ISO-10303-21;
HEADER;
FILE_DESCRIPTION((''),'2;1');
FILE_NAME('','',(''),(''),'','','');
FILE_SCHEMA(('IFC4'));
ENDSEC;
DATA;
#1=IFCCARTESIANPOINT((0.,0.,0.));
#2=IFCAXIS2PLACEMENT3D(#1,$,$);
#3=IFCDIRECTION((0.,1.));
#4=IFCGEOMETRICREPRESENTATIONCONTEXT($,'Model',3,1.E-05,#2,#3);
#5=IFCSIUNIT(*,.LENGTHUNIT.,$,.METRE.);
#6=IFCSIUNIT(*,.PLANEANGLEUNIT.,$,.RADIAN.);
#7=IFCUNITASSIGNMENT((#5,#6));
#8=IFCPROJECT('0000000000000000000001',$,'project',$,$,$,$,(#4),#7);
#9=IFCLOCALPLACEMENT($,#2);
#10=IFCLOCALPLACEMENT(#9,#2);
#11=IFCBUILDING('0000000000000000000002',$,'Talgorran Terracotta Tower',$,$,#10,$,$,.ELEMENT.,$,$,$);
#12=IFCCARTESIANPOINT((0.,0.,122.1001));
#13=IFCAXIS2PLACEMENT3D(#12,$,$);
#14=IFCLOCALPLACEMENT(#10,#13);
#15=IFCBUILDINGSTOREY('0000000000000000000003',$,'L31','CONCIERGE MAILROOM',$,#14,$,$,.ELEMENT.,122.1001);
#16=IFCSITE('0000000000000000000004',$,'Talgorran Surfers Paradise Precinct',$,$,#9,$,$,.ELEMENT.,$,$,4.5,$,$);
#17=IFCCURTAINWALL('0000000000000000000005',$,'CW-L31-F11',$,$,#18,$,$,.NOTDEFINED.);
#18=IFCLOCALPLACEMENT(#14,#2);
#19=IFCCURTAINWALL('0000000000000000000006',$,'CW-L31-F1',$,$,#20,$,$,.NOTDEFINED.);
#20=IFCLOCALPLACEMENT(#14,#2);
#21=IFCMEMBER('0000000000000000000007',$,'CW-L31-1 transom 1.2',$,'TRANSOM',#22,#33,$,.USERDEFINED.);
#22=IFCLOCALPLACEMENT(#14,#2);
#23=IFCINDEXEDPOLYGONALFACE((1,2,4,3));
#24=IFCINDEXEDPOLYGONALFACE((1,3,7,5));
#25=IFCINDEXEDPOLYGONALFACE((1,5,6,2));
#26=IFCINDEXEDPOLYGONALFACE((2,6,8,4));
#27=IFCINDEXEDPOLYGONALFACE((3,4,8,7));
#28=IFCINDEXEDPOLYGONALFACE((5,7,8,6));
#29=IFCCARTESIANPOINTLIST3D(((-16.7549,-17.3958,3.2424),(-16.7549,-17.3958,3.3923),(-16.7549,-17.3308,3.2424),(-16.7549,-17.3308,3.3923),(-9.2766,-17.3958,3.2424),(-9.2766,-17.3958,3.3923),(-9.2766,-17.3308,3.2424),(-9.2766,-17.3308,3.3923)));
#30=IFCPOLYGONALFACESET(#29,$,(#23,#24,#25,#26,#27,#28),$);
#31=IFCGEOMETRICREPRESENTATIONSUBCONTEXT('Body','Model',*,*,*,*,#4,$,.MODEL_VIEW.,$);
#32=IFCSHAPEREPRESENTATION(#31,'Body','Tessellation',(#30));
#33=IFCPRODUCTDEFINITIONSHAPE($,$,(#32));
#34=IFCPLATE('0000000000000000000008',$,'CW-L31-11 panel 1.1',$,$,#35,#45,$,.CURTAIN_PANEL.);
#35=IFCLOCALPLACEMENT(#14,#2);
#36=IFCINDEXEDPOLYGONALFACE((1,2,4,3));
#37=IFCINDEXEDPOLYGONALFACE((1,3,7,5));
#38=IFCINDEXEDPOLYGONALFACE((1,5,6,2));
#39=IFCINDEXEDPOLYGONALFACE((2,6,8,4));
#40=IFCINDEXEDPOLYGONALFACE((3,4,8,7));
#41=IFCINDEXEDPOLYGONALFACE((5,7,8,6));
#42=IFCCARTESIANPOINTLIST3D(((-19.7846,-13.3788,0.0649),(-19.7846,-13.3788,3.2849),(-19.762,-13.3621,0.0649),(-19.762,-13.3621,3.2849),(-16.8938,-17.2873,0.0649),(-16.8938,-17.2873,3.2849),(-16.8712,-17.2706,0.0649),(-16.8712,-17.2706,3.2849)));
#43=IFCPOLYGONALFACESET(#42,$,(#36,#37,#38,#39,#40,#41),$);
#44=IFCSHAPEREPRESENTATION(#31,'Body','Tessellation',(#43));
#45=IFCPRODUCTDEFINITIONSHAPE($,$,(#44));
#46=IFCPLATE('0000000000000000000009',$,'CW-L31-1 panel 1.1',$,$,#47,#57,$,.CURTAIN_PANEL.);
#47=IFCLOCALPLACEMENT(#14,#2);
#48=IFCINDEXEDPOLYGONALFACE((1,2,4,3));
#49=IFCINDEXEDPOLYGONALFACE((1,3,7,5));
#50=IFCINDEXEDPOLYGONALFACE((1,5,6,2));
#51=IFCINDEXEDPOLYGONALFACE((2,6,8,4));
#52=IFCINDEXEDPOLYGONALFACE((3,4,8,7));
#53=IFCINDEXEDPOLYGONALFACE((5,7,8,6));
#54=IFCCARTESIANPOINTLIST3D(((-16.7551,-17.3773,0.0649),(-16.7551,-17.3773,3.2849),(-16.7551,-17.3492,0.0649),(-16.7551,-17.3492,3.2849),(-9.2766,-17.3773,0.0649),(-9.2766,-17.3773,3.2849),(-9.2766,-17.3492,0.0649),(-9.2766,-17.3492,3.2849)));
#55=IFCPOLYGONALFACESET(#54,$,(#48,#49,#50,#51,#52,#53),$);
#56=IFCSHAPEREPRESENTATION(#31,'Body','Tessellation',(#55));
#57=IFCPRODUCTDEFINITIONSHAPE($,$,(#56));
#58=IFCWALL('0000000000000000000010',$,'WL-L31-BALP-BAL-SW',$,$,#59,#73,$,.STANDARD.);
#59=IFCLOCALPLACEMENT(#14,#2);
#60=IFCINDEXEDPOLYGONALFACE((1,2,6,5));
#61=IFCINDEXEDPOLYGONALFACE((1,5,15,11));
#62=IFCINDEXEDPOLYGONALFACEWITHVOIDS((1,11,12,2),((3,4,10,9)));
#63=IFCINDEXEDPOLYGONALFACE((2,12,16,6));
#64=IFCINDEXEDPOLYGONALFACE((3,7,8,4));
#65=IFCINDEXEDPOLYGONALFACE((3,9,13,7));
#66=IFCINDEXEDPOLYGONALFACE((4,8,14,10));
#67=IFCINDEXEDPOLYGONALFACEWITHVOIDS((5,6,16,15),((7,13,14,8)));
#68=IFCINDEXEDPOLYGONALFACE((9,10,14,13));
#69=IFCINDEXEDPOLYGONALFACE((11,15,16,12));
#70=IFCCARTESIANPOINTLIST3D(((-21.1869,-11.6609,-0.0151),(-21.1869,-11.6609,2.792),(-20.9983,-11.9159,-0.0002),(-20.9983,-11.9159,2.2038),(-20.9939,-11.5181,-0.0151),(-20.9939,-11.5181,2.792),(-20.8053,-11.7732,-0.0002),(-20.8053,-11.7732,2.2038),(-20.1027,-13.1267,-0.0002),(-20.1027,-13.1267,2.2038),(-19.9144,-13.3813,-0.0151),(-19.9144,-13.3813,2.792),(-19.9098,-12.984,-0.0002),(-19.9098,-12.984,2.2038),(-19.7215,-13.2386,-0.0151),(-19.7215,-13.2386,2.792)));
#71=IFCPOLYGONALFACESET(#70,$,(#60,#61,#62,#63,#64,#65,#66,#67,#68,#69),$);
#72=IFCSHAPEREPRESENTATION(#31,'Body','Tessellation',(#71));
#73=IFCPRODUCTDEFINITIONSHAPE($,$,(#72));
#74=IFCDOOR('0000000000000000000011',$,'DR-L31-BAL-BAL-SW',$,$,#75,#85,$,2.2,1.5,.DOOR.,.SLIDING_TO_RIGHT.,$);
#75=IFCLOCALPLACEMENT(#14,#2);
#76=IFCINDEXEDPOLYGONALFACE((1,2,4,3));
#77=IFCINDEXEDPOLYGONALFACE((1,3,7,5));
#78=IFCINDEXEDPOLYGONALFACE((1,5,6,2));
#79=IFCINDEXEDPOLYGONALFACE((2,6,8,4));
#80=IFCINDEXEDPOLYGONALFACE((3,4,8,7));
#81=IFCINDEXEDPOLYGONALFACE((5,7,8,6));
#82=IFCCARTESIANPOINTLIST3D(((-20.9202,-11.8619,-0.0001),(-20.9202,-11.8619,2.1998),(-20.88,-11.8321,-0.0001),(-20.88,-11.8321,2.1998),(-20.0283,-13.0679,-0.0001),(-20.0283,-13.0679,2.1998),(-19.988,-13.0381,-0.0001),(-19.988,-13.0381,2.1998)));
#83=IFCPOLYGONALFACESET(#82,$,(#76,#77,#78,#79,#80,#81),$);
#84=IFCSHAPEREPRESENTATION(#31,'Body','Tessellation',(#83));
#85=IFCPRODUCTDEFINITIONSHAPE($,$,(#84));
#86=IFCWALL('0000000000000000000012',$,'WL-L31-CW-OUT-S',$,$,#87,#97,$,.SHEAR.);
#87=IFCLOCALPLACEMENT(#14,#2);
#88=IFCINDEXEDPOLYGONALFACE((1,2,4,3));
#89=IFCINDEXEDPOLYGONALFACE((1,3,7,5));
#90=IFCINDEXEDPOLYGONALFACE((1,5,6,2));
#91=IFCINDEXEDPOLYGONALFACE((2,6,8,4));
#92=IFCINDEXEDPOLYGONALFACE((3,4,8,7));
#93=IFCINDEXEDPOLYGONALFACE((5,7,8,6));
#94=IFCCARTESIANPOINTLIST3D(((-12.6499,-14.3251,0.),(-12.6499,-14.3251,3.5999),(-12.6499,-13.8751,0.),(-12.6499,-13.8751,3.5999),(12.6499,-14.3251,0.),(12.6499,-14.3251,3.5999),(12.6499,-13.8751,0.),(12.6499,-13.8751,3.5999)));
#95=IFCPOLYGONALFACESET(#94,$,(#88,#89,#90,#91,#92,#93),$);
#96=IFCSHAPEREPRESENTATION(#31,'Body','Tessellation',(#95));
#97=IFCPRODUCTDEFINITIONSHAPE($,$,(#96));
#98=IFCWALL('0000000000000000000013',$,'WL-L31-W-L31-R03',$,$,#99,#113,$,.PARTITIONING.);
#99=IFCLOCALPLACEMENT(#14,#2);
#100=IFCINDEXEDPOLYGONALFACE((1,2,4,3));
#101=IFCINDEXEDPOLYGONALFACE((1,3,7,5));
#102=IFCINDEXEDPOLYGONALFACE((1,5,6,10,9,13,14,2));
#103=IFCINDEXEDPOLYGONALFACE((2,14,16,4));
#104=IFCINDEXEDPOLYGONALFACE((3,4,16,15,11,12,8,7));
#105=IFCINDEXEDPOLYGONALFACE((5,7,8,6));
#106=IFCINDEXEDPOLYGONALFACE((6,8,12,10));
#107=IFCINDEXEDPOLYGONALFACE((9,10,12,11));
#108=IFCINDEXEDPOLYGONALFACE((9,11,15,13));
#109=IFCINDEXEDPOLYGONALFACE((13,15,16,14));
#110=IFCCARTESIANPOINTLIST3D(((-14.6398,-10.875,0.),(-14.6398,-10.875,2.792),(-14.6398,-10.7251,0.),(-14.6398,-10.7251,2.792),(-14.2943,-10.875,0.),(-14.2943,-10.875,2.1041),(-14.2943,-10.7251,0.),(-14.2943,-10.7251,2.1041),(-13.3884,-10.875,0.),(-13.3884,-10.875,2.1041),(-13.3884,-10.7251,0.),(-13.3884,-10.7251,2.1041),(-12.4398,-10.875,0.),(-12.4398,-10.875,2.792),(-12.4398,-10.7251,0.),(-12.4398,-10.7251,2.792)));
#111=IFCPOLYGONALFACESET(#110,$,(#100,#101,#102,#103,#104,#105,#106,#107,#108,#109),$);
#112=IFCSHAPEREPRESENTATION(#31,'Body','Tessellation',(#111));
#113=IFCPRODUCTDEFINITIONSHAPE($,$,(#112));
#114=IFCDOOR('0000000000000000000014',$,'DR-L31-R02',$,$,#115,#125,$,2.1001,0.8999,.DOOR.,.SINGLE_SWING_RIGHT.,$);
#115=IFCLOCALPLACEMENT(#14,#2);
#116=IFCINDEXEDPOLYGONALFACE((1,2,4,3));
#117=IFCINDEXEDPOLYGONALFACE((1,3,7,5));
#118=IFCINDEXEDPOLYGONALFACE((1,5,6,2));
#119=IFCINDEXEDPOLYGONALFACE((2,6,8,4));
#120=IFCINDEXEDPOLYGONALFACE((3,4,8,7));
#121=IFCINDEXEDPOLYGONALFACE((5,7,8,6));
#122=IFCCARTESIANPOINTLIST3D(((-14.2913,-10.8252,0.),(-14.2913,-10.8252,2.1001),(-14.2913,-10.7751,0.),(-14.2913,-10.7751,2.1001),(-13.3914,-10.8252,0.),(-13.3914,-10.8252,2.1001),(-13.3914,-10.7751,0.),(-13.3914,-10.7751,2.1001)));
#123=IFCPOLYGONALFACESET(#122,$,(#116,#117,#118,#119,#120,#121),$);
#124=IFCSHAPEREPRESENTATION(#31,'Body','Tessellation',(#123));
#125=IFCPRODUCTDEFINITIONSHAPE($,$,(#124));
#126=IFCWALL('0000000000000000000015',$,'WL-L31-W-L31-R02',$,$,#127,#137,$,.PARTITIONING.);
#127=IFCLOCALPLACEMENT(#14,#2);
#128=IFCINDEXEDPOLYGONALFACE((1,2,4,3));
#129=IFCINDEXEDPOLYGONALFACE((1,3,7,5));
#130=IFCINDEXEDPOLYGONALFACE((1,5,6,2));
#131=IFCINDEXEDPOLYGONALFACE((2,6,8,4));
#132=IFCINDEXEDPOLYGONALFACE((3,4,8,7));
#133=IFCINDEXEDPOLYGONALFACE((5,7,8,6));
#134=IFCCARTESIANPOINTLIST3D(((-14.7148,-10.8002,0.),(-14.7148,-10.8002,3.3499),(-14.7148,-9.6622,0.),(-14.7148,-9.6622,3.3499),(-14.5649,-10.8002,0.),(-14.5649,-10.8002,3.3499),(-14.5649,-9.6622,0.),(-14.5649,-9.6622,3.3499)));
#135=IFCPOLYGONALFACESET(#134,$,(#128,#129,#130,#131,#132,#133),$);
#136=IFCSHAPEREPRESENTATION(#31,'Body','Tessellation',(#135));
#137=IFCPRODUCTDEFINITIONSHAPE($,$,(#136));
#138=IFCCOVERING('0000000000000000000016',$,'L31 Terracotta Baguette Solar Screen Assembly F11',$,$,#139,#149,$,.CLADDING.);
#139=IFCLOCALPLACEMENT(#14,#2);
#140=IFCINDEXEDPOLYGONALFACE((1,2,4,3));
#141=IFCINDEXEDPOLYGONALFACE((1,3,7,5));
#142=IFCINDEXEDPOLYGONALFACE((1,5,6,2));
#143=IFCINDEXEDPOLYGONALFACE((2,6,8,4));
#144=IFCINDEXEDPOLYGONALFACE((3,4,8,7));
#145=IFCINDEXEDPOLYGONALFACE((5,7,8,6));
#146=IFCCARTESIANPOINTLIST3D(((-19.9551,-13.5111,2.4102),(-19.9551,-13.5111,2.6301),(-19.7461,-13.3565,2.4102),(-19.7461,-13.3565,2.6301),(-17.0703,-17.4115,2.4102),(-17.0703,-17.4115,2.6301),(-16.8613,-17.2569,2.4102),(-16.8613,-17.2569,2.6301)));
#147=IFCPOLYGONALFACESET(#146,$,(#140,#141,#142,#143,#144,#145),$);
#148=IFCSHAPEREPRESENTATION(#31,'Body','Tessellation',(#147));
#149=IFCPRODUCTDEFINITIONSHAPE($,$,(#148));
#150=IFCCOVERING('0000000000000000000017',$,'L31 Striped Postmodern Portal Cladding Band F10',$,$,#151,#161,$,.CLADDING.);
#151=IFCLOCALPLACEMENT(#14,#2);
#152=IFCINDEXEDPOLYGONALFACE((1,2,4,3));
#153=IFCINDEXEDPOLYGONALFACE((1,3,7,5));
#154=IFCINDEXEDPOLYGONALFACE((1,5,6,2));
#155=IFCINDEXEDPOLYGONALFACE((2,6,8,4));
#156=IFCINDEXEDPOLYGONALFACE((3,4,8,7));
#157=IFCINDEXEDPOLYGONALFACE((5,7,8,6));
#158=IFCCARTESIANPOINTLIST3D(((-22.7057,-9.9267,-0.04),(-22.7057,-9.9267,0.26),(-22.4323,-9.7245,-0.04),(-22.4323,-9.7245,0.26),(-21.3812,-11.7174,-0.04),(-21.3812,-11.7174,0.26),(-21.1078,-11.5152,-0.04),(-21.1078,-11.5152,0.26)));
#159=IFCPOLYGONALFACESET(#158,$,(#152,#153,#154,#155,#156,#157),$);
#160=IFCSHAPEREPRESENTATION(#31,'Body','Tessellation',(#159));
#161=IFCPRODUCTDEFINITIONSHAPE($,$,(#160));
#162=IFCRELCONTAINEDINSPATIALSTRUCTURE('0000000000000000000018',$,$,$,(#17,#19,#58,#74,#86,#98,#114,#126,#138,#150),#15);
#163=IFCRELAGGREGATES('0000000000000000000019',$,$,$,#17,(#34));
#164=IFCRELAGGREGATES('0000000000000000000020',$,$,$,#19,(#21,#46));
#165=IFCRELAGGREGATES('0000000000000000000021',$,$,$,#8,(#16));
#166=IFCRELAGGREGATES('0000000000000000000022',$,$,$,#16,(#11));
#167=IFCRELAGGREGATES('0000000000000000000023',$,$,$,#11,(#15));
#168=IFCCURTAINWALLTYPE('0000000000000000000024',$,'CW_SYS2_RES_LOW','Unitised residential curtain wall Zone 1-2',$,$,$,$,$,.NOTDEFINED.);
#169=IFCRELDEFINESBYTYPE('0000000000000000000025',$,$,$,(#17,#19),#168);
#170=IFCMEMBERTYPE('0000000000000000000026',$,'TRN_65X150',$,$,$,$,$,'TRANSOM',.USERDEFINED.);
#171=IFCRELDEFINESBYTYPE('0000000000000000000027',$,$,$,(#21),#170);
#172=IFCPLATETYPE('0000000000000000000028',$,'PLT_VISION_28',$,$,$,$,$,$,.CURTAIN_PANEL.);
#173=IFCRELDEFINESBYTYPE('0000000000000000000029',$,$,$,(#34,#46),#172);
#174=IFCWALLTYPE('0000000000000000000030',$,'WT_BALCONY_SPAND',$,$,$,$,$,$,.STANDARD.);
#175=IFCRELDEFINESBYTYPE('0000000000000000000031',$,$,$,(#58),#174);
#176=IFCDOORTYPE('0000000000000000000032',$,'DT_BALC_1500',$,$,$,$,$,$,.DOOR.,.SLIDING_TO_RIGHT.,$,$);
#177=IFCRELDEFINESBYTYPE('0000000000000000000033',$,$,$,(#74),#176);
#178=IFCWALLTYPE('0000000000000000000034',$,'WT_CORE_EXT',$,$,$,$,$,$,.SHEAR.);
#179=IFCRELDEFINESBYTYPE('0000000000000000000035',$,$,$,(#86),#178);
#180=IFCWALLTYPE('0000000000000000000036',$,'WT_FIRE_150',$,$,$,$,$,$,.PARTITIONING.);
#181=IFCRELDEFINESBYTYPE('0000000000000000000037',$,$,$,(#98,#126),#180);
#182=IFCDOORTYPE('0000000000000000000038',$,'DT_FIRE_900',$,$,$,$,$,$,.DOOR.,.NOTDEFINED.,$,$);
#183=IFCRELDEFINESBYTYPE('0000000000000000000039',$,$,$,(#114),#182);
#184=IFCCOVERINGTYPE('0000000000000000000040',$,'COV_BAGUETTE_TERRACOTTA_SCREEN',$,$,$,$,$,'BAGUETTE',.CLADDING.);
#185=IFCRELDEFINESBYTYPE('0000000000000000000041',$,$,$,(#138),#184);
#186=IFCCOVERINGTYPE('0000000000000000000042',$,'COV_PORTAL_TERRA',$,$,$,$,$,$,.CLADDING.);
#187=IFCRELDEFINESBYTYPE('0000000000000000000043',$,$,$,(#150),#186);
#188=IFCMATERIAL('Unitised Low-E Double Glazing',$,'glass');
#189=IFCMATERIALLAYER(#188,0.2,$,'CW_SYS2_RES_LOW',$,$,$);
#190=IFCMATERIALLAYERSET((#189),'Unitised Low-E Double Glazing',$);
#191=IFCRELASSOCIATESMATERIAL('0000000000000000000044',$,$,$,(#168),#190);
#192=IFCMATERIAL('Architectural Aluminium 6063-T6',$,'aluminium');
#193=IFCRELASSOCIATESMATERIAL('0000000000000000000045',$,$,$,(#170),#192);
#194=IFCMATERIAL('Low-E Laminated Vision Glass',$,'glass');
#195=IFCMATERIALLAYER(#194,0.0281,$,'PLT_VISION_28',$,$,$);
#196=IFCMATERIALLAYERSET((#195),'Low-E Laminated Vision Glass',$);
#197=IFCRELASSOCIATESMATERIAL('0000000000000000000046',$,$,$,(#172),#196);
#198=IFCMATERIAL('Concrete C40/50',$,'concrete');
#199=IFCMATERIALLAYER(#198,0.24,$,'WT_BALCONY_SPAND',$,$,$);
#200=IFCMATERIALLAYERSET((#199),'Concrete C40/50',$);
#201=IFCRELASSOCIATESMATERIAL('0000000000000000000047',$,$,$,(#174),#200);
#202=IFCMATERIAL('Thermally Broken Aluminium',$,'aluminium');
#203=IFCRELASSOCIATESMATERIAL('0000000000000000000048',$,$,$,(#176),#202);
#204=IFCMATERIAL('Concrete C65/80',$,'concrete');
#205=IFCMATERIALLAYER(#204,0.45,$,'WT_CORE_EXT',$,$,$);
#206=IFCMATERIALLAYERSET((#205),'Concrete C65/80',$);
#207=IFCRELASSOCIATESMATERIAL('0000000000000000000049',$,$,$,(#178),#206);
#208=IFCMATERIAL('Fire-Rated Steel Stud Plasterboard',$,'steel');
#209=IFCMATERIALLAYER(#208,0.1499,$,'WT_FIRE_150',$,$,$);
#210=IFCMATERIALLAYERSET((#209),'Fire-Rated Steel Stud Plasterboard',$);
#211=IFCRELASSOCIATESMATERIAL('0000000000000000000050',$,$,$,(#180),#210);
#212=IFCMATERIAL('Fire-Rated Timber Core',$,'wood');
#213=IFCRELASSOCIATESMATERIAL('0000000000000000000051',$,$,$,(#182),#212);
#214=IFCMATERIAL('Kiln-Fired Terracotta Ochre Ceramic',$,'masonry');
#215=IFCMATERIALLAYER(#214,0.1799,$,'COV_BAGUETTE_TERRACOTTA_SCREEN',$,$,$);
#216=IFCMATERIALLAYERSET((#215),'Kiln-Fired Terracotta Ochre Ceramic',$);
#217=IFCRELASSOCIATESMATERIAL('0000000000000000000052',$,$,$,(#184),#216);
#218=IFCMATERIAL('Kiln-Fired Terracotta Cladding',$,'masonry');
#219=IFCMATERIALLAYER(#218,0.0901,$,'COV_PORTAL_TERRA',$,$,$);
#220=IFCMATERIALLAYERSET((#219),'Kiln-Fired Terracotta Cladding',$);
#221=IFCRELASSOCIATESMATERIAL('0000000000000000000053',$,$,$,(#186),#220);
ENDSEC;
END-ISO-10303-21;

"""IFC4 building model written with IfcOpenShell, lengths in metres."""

from ifc_helpers import new_model, si_unit, direction, frame, frame_2d, origin, origin_2d, place, context, subcontext, project, spatial, rectangle, extrude, source, transform, mapped, material, layer, layer_set, material_profile, profile_set, type_object, type_shapes, element, fill, aggregate, save


model = new_model("IFC4")

# Units and contexts
model_context = context("Model", 3, precision=1e-05, world=origin(), true_north=direction((0.0, 1.0)))
body_context = subcontext(model_context, "Body", "Model", "MODEL_VIEW")
ifc_project = project(units=[si_unit("LENGTHUNIT", "METRE"), si_unit("PLANEANGLEUNIT", "RADIAN")], contexts=[model_context])

# Site, building, storey
site_placement = place(None, origin())
site = spatial("IfcSite", under=ifc_project, at=site_placement, Name="Talgorran Surfers Paradise Precinct", CompositionType="ELEMENT", RefElevation=4.5)
building_placement = place(site_placement, origin())
building = spatial("IfcBuilding", under=site, at=building_placement, Name="Talgorran Terracotta Tower", CompositionType="ELEMENT")
storey_placement = place(building_placement, frame((0.0, 0.0, 122.1001)))
storey = spatial("IfcBuildingStorey", under=building, at=storey_placement, Name="L31", Description="CONCIERGE MAILROOM", CompositionType="ELEMENT", Elevation=122.1001)

# Shared definitions
ifc_material_1 = material(Name="Unitised Low-E Double Glazing", Category="glass")
ifc_layer_1 = layer(ifc_material_1, 0.2, Name="CW_SYS2_RES_LOW")
ifc_layer_set_1 = layer_set([ifc_layer_1], Name="Unitised Low-E Double Glazing")
curtain_wall_type = type_object("IfcCurtainWallType", Name="CW_SYS2_RES_LOW", Description="Unitised residential curtain wall Zone 1-2", PredefinedType="NOTDEFINED", material=ifc_layer_set_1)
ifc_material_2 = material(Name="Architectural Aluminium 6063-T6", Category="aluminium")

# Curtain wall
curtain_wall_1_placement = place(storey_placement, origin())
curtain_wall_1 = element("IfcCurtainWall", 1, at=curtain_wall_1_placement, inside=storey, type_object=curtain_wall_type, Name="CW-L31-F11", PredefinedType="NOTDEFINED")

# Curtain wall
curtain_wall_2_placement = place(storey_placement, origin())
curtain_wall_2 = element("IfcCurtainWall", 2, at=curtain_wall_2_placement, inside=storey, type_object=curtain_wall_type, Name="CW-L31-F1", PredefinedType="NOTDEFINED")

# Member
ifc_material_profile_1 = material_profile(ifc_material_2, rectangle(XDim=0.0649, YDim=0.1499, at=origin_2d()), Name="CWT65X150")
ifc_profile_set_1 = profile_set([ifc_material_profile_1], Name="Architectural Aluminium 6063-T6")
member_type_1 = type_object("IfcMemberType", Name="TRN_65X150", ElementType="TRANSOM", PredefinedType="USERDEFINED", material=ifc_profile_set_1)
member_1_placement = place(storey_placement, frame((-16.7549, -17.3633, 3.3174), z_axis=(1.0, 0.0, 0.0), x_axis=(0.0, 1.0, 0.0)))
member_1 = element("IfcMember", 3, at=member_1_placement, type_object=member_type_1, Name="CW-L31-1 transom 1.2", ObjectType="TRANSOM", PredefinedType="USERDEFINED", context=body_context, shape_type="SweptSolid", body=[
    extrude(rectangle(XDim=0.0649, YDim=0.1499, at=origin_2d()), origin(), (0.0, 0.0, 1.0), 7.4783),
])

# Plates
ifc_material_3 = material(Name="Low-E Laminated Vision Glass", Category="glass")
ifc_layer_2 = layer(ifc_material_3, 0.0281, Name="PLT_VISION_28")
ifc_layer_set_2 = layer_set([ifc_layer_2], Name="Low-E Laminated Vision Glass")
plate_type = type_object("IfcPlateType", Name="PLT_VISION_28", PredefinedType="CURTAIN_PANEL", material=ifc_layer_set_2)
shared_shape_1 = source(origin(), body_context, "Body", "SweptSolid", [
    extrude(rectangle(XDim=4.8613, YDim=0.0281, at=origin_2d()), origin(), (0.0, 0.0, 1.0), 3.22),
])
plate_1_placement = place(storey_placement, frame((-18.3279, -15.3247, 0.0649), z_axis=(0.0, 0.0, 1.0), x_axis=(0.594646, -0.803987, 0.0)))
plate_1 = element("IfcPlate", 4, at=plate_1_placement, type_object=plate_type, Name="CW-L31-11 panel 1.1", PredefinedType="CURTAIN_PANEL", context=body_context, shape_type="MappedRepresentation", body=[
    mapped(shared_shape_1, transform((0.0, 0.0, 0.0), scale=1.0)),
])
aggregate(curtain_wall_1, [plate_1])
shared_shape_2 = source(origin(), body_context, "Body", "SweptSolid", [
    extrude(rectangle(XDim=7.4785, YDim=0.0281, at=origin_2d()), origin(), (0.0, 0.0, 1.0), 3.22),
])
type_shapes(plate_type, [shared_shape_1, shared_shape_2])
plate_2_placement = place(storey_placement, frame((-13.0159, -17.3633, 0.0649), z_axis=(0.0, 0.0, 1.0), x_axis=(1.0, 0.0, 0.0)))
plate_2 = element("IfcPlate", 5, at=plate_2_placement, type_object=plate_type, Name="CW-L31-1 panel 1.1", PredefinedType="CURTAIN_PANEL", context=body_context, shape_type="MappedRepresentation", body=[
    mapped(shared_shape_2, transform((0.0, 0.0, 0.0), scale=1.0)),
])
aggregate(curtain_wall_2, [member_1, plate_2])

# Wall, opening, door
ifc_material_4 = material(Name="Concrete C40/50", Category="concrete")
ifc_layer_3 = layer(ifc_material_4, 0.24, Name="WT_BALCONY_SPAND")
ifc_layer_set_3 = layer_set([ifc_layer_3], Name="Concrete C40/50")
wall_type_1 = type_object("IfcWallType", Name="WT_BALCONY_SPAND", PredefinedType="STANDARD", material=ifc_layer_set_3)
wall_1_placement = place(storey_placement, frame((-21.0903, -11.5896, -0.0151), z_axis=(0.0, 0.0, 1.0), x_axis=(0.594638, -0.803994, 0.0)))
wall_1 = element("IfcWall", 6, at=wall_1_placement, inside=storey, type_object=wall_type_1, Name="WL-L31-BALP-BAL-SW", PredefinedType="STANDARD", context=body_context, shape_type="SweptSolid", body=[
    extrude(rectangle(XDim=2.1399, YDim=0.24, at=frame_2d((1.0698, 0.0))), origin(), (0.0, 0.0, 1.0), 2.8071),
])
opening_1_placement = place(wall_1_placement, frame((0.3201, 0.0, 0.0149)))
opening_1 = element("IfcOpeningElement", 7, at=opening_1_placement, cuts=wall_1, PredefinedType="OPENING", context=body_context, shape_type="SweptSolid", body=[
    extrude(rectangle(XDim=1.506, YDim=2.204, at=frame_2d((0.75, 1.1021))), frame((0.0, 0.1299, 0.0), z_axis=(0.0, -1.0, 0.0), x_axis=(1.0, 0.0, 0.0)), (0.0, 0.0, 1.0), 0.26),
])
ifc_material_5 = material(Name="Thermally Broken Aluminium", Category="aluminium")
door_type_1 = type_object("IfcDoorType", Name="DT_BALC_1500", OperationType="SLIDING_TO_RIGHT", PredefinedType="DOOR", material=ifc_material_5)
door_1_placement = place(opening_1_placement, origin())
door_1 = element("IfcDoor", 8, at=door_1_placement, inside=storey, type_object=door_type_1, Name="DR-L31-BAL-BAL-SW", OperationType="SLIDING_TO_RIGHT", OverallHeight=2.2, OverallWidth=1.5, PredefinedType="DOOR", context=body_context, shape_type="SweptSolid", body=[
    extrude(rectangle(XDim=1.5, YDim=2.2, at=frame_2d((0.75, 1.1001))), frame((0.0, 0.0249, 0.0), z_axis=(0.0, -1.0, 0.0), x_axis=(1.0, 0.0, 0.0)), (0.0, 0.0, 1.0), 0.05),
])
fill(opening_1, door_1)

# Wall
ifc_material_6 = material(Name="Concrete C65/80", Category="concrete")
ifc_layer_4 = layer(ifc_material_6, 0.45, Name="WT_CORE_EXT")
ifc_layer_set_4 = layer_set([ifc_layer_4], Name="Concrete C65/80")
wall_type_2 = type_object("IfcWallType", Name="WT_CORE_EXT", PredefinedType="SHEAR", material=ifc_layer_set_4)
wall_2_placement = place(storey_placement, frame((-12.6499, -14.1001, 0.0), z_axis=(0.0, 0.0, 1.0), x_axis=(1.0, 0.0, 0.0)))
element("IfcWall", 9, at=wall_2_placement, inside=storey, type_object=wall_type_2, Name="WL-L31-CW-OUT-S", PredefinedType="SHEAR", context=body_context, shape_type="SweptSolid", body=[
    extrude(rectangle(XDim=25.2998, YDim=0.45, at=frame_2d((12.6499, 0.0))), origin(), (0.0, 0.0, 1.0), 3.5999),
])

# Wall, opening, door
ifc_material_7 = material(Name="Fire-Rated Steel Stud Plasterboard", Category="steel")
ifc_layer_5 = layer(ifc_material_7, 0.1499, Name="WT_FIRE_150")
ifc_layer_set_5 = layer_set([ifc_layer_5], Name="Fire-Rated Steel Stud Plasterboard")
wall_type_3 = type_object("IfcWallType", Name="WT_FIRE_150", PredefinedType="PARTITIONING", material=ifc_layer_set_5)
wall_3_placement = place(storey_placement, frame((-14.6399, -10.8, 0.0), z_axis=(0.0, 0.0, 1.0), x_axis=(1.0, 0.0, 0.0)))
wall_3 = element("IfcWall", 10, at=wall_3_placement, inside=storey, type_object=wall_type_3, Name="WL-L31-W-L31-R03", PredefinedType="PARTITIONING", context=body_context, shape_type="SweptSolid", body=[
    extrude(rectangle(XDim=2.2, YDim=0.1499, at=frame_2d((1.1001, 0.0))), origin(), (0.0, 0.0, 1.0), 2.792),
])
opening_2_placement = place(wall_3_placement, frame((0.3486, 0.0, 0.0)))
opening_2 = element("IfcOpeningElement", 11, at=opening_2_placement, cuts=wall_3, PredefinedType="OPENING", context=body_context, shape_type="SweptSolid", body=[
    extrude(rectangle(XDim=0.9059, YDim=2.1041, at=frame_2d((0.45, 1.052))), frame((0.0, 0.085, 0.0), z_axis=(0.0, -1.0, 0.0), x_axis=(1.0, 0.0, 0.0)), (0.0, 0.0, 1.0), 0.1699),
])
ifc_material_8 = material(Name="Fire-Rated Timber Core", Category="wood")
door_type_2 = type_object("IfcDoorType", Name="DT_FIRE_900", OperationType="NOTDEFINED", PredefinedType="DOOR", material=ifc_material_8)
door_2_placement = place(opening_2_placement, origin())
door_2 = element("IfcDoor", 12, at=door_2_placement, inside=storey, type_object=door_type_2, Name="DR-L31-R02", OperationType="SINGLE_SWING_RIGHT", OverallHeight=2.1001, OverallWidth=0.8999, PredefinedType="DOOR", context=body_context, shape_type="SweptSolid", body=[
    extrude(rectangle(XDim=0.8999, YDim=2.1001, at=frame_2d((0.45, 1.05))), frame((0.0, 0.0249, 0.0), z_axis=(0.0, -1.0, 0.0), x_axis=(1.0, 0.0, 0.0)), (0.0, 0.0, 1.0), 0.05),
])
fill(opening_2, door_2)

# Wall
wall_4_placement = place(storey_placement, frame((-14.6399, -10.8, 0.0), z_axis=(0.0, 0.0, 1.0), x_axis=(0.0, 1.0, 0.0)))
element("IfcWall", 13, at=wall_4_placement, inside=storey, type_object=wall_type_3, Name="WL-L31-W-L31-R02", PredefinedType="PARTITIONING", context=body_context, shape_type="SweptSolid", body=[
    extrude(rectangle(XDim=1.1379, YDim=0.1499, at=frame_2d((0.5688, 0.0))), origin(), (0.0, 0.0, 1.0), 3.3499),
])

# Coverings
ifc_material_9 = material(Name="Kiln-Fired Terracotta Ochre Ceramic", Category="masonry")
ifc_layer_6 = layer(ifc_material_9, 0.1799, Name="COV_BAGUETTE_TERRACOTTA_SCREEN")
ifc_layer_set_6 = layer_set([ifc_layer_6], Name="Kiln-Fired Terracotta Ochre Ceramic")
covering_type_1 = type_object("IfcCoveringType", Name="COV_BAGUETTE_TERRACOTTA_SCREEN", ElementType="BAGUETTE", PredefinedType="CLADDING", material=ifc_layer_set_6)
covering_1_placement = place(storey_placement, frame((-18.4082, -15.384, 2.4102), z_axis=(0.0, 0.0, 1.0), x_axis=(0.59464, -0.803992, 0.0)))
element("IfcCovering", 14, at=covering_1_placement, inside=storey, type_object=covering_type_1, Name="L31 Terracotta Baguette Solar Screen Assembly F11", PredefinedType="CLADDING", context=body_context, shape_type="SweptSolid", body=[
    extrude(rectangle(XDim=4.8513, YDim=0.26, at=origin_2d()), origin(), (0.0, 0.0, 1.0), 0.22),
])
ifc_material_10 = material(Name="Kiln-Fired Terracotta Cladding", Category="masonry")
ifc_layer_7 = layer(ifc_material_10, 0.0901, Name="COV_PORTAL_TERRA")
ifc_layer_set_7 = layer_set([ifc_layer_7], Name="Kiln-Fired Terracotta Cladding")
covering_type_2 = type_object("IfcCoveringType", Name="COV_PORTAL_TERRA", PredefinedType="CLADDING", material=ifc_layer_set_7)
covering_2_placement = place(storey_placement, frame((-21.9067, -10.7209, -0.04), z_axis=(0.0, 0.0, 1.0), x_axis=(0.594654, -0.803981, 0.0)))
element("IfcCovering", 15, at=covering_2_placement, inside=storey, type_object=covering_type_2, Name="L31 Striped Postmodern Portal Cladding Band F10", PredefinedType="CLADDING", context=body_context, shape_type="SweptSolid", body=[
    extrude(rectangle(XDim=2.2273, YDim=0.3401, at=origin_2d()), origin(), (0.0, 0.0, 1.0), 0.3),
])

save(model, "model.ifc")
